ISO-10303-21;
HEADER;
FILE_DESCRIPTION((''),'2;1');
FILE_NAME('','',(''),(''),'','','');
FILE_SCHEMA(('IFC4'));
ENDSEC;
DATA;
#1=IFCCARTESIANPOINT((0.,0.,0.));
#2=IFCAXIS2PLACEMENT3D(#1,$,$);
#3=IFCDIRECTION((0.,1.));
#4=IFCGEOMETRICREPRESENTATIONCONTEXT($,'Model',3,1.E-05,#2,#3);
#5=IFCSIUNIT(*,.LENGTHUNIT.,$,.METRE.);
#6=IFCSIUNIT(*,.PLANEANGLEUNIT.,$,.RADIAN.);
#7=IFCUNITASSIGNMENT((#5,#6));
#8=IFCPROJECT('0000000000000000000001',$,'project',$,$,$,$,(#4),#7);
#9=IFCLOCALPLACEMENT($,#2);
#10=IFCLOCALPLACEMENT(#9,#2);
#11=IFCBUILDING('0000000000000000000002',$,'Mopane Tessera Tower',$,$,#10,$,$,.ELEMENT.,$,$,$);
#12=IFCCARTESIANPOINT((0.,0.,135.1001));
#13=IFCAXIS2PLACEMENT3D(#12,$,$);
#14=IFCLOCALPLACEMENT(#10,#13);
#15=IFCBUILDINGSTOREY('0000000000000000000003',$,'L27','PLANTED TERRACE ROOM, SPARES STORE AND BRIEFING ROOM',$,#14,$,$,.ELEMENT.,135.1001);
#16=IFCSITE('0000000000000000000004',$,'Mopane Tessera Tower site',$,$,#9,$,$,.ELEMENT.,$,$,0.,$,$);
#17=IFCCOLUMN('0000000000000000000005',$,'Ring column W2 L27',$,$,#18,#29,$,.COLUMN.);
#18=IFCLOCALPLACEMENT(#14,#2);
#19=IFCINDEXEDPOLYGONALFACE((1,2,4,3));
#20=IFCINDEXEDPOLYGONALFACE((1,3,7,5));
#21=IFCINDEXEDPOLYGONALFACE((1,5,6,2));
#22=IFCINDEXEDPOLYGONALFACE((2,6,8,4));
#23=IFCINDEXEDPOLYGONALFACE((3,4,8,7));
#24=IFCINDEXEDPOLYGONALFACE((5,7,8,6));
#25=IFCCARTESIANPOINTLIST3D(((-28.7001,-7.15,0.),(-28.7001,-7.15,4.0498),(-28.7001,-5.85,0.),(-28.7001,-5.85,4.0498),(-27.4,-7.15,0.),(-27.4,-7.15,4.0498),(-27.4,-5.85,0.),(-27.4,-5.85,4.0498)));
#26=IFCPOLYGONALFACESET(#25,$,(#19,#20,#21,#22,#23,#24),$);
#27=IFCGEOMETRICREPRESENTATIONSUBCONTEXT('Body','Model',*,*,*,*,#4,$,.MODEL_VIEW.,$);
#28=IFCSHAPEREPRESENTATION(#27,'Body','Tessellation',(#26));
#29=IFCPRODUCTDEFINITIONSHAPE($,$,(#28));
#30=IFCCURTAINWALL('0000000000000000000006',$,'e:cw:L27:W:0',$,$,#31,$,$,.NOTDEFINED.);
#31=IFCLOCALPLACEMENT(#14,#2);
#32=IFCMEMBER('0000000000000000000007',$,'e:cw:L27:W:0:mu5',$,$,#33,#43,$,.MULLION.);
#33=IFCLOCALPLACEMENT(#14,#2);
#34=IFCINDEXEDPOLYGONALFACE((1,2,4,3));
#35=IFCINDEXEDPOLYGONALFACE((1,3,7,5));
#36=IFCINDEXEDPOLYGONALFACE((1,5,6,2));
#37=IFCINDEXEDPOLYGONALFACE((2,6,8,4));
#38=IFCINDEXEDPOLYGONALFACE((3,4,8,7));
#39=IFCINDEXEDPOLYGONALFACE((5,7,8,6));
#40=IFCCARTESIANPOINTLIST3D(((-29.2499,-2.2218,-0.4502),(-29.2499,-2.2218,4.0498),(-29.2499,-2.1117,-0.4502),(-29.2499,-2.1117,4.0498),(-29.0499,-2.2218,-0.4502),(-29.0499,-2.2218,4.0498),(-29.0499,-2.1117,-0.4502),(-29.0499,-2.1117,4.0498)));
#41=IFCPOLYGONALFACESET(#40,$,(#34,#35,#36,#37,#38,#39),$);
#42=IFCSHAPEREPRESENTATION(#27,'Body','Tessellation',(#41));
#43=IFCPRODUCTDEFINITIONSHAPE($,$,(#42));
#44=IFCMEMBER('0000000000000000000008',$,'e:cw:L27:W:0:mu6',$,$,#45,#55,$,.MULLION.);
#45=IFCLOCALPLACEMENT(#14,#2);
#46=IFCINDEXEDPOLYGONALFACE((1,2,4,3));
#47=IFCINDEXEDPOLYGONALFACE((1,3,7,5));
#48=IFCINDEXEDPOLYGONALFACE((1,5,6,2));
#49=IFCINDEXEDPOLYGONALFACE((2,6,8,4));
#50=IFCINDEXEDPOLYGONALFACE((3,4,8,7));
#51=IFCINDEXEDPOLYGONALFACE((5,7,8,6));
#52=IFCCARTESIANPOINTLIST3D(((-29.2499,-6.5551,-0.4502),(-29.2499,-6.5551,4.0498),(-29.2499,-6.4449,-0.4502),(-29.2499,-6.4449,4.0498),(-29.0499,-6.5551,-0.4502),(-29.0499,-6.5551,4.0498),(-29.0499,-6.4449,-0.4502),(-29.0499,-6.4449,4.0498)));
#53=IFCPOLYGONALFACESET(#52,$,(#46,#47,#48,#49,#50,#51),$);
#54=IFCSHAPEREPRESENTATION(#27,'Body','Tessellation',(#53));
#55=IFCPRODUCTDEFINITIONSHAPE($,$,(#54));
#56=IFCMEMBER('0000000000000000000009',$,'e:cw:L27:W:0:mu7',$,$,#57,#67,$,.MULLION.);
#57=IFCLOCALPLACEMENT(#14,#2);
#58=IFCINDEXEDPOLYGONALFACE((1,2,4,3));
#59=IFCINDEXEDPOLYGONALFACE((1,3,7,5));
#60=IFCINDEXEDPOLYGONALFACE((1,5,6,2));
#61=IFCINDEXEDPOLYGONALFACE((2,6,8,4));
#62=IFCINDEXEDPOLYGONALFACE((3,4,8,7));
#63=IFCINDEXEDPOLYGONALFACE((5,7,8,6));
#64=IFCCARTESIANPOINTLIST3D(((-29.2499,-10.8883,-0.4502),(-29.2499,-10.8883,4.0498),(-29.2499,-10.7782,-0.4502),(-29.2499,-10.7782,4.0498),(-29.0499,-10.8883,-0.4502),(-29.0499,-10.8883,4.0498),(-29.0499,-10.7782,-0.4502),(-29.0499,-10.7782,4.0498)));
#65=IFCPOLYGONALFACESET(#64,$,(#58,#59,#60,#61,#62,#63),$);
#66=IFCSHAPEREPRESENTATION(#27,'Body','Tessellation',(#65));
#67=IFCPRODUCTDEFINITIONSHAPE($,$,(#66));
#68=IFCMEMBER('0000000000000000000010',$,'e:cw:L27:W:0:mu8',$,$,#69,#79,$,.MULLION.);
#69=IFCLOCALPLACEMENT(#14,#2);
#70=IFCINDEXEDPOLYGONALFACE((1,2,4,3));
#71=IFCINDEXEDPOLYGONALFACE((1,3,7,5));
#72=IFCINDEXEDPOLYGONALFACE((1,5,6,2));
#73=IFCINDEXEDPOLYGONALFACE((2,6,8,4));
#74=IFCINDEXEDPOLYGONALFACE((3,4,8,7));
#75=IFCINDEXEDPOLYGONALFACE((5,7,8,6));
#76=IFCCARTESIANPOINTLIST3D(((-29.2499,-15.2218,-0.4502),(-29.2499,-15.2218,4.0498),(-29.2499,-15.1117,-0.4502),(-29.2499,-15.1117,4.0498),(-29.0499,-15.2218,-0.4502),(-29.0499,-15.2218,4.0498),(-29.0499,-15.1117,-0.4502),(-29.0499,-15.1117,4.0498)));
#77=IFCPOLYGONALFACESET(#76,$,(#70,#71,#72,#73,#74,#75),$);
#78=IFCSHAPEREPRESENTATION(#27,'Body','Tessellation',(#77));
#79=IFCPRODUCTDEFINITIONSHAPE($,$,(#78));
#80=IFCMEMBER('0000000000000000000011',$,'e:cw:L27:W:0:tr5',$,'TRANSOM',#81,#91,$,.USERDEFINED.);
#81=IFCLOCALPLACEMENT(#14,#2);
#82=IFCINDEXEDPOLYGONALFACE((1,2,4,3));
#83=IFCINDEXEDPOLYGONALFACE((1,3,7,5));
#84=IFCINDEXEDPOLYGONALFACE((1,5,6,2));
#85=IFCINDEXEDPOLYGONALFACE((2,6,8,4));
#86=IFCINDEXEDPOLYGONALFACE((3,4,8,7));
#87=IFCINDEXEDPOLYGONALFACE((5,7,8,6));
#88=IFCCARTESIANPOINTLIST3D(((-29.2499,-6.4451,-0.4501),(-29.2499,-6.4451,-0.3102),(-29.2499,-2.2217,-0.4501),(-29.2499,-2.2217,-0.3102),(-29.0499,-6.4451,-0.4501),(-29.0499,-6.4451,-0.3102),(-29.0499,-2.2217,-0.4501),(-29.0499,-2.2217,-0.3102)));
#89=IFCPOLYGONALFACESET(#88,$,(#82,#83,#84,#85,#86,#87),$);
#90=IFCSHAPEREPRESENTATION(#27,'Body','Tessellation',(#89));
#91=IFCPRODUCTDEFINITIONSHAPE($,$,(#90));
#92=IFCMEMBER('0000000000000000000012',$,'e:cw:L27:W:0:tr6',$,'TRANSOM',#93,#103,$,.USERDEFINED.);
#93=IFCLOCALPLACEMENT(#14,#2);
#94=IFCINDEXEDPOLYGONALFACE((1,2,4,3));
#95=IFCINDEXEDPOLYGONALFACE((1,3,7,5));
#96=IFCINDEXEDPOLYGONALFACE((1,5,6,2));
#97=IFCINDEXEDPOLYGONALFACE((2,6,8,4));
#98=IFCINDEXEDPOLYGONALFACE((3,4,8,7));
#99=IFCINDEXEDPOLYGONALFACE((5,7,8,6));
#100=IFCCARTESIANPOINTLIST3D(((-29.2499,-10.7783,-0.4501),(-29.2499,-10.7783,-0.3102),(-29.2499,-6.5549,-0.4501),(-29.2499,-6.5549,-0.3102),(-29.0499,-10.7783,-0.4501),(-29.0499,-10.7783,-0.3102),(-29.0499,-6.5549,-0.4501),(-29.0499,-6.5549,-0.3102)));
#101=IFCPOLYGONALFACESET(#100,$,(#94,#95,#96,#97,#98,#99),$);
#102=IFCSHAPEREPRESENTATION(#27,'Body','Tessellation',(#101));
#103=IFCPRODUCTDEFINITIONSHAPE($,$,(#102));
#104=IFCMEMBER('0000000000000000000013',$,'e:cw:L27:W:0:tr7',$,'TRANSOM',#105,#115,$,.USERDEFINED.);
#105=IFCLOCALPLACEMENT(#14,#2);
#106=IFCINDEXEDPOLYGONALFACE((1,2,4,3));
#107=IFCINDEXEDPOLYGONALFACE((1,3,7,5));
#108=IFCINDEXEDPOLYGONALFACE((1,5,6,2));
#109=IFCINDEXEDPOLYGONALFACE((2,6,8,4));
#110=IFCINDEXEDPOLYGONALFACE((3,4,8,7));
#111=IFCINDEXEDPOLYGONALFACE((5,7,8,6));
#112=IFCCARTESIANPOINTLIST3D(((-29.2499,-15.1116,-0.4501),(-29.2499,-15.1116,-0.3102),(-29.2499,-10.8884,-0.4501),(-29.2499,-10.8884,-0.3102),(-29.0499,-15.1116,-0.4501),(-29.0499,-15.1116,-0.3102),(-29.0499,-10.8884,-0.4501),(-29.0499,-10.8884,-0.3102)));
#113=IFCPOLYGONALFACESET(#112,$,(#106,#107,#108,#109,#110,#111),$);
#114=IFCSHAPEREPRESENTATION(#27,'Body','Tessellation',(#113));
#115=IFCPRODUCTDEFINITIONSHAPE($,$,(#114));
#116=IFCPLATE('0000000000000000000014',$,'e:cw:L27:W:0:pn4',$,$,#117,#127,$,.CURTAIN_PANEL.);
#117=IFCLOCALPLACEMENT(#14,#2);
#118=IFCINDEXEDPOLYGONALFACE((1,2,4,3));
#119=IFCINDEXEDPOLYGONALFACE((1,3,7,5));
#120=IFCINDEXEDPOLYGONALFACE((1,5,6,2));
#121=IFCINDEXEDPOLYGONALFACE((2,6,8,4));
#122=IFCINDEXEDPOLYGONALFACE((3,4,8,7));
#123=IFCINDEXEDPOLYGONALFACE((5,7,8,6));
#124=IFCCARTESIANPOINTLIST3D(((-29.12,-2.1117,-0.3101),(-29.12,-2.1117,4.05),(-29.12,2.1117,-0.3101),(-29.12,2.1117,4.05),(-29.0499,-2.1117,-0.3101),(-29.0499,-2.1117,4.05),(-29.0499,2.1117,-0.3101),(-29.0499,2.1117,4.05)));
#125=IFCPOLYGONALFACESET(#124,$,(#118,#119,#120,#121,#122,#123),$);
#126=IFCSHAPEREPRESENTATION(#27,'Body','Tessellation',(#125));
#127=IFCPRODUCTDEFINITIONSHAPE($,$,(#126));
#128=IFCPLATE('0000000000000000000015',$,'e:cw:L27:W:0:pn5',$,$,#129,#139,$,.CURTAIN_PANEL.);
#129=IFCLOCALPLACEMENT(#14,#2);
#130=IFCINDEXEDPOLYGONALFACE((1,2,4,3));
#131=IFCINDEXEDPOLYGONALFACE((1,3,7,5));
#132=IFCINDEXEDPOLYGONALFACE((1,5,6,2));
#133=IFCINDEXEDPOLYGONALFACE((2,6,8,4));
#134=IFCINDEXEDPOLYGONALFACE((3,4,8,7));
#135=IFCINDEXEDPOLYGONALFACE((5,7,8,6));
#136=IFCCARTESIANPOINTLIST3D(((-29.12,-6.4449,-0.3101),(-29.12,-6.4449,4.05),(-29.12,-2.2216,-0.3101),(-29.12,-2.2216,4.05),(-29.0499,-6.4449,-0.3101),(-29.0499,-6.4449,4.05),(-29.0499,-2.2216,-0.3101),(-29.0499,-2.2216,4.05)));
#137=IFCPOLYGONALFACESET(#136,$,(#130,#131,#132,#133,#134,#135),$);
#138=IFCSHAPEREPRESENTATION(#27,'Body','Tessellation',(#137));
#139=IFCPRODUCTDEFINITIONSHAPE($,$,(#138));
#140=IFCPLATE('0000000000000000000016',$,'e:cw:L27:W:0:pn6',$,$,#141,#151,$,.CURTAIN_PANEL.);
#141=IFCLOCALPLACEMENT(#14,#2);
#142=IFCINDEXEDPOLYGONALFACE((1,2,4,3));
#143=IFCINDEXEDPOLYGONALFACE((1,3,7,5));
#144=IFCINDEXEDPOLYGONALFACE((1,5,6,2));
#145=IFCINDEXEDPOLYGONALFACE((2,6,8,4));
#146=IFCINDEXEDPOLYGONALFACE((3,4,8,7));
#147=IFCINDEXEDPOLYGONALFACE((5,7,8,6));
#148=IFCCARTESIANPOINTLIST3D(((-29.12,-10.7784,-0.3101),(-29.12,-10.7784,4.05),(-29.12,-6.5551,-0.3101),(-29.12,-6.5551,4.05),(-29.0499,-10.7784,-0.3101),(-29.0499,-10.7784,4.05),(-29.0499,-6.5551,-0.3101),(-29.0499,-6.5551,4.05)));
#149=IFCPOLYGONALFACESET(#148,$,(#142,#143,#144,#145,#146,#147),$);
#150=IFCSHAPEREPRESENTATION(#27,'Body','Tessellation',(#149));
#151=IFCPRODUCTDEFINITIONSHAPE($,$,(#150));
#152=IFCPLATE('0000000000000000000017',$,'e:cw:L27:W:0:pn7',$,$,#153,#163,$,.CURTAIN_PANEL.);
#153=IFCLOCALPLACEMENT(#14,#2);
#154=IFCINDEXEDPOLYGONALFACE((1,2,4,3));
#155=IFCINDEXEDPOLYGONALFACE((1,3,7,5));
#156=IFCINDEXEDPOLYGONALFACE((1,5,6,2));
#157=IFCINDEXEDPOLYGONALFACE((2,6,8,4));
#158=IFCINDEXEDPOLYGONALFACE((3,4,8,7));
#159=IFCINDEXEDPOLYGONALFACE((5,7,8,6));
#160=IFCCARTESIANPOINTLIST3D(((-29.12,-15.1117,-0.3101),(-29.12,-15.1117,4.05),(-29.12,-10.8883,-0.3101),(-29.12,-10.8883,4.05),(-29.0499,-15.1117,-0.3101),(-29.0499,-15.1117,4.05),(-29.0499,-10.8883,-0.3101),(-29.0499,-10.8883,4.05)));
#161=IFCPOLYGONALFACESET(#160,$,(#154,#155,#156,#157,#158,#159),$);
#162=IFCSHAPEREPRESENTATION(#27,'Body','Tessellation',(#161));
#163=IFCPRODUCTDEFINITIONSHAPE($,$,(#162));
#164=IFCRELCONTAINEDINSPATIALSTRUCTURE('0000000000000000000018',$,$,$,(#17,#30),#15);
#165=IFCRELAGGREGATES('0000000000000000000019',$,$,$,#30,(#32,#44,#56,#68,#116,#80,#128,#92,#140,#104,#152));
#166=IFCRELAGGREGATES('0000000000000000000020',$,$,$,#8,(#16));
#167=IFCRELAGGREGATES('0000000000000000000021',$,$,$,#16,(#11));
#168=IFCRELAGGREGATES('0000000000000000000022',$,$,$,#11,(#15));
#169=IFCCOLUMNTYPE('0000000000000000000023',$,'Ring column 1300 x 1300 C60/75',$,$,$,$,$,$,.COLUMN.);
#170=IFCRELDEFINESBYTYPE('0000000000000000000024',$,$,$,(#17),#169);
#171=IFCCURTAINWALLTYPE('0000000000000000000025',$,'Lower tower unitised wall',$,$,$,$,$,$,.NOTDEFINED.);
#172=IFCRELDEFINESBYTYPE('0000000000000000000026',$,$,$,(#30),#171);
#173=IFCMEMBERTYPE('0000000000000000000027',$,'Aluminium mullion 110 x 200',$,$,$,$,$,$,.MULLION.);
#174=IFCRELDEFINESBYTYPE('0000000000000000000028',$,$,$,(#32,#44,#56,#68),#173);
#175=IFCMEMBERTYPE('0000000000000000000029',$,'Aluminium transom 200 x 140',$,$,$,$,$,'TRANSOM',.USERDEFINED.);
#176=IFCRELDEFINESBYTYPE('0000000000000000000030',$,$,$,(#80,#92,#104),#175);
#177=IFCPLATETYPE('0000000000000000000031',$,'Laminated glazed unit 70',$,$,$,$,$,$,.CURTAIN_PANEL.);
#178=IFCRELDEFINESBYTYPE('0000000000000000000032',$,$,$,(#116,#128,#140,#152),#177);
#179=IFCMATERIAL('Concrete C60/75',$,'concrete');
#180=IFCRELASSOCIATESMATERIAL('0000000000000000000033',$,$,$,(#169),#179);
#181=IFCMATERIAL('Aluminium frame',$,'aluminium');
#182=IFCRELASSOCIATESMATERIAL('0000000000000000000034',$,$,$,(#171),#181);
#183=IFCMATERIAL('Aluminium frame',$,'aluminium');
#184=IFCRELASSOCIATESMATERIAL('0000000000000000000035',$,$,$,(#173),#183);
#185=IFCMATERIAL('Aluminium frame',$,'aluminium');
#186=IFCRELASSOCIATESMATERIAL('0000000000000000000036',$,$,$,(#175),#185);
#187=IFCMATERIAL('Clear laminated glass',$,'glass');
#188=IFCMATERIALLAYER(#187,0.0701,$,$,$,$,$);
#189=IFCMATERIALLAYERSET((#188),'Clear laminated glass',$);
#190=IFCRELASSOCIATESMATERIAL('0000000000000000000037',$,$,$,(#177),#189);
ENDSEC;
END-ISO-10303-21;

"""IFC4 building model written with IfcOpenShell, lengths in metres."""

from ifc_helpers import new_model, si_unit, direction, frame, origin, origin_2d, place, context, subcontext, project, spatial, rectangle, extrude, material, layer, layer_set, material_profile, profile_set, type_object, element, aggregate, save


model = new_model("IFC4")

# Units and contexts
model_context = context("Model", 3, precision=1e-05, world=origin(), true_north=direction((0.0, 1.0)))
body_context = subcontext(model_context, "Body", "Model", "MODEL_VIEW")
ifc_project = project(units=[si_unit("LENGTHUNIT", "METRE"), si_unit("PLANEANGLEUNIT", "RADIAN")], contexts=[model_context])

# Site, building, storey
site_placement = place(None, origin())
site = spatial("IfcSite", under=ifc_project, at=site_placement, Name="Mopane Tessera Tower site", CompositionType="ELEMENT", RefElevation=0.0)
building_placement = place(site_placement, origin())
building = spatial("IfcBuilding", under=site, at=building_placement, Name="Mopane Tessera Tower", CompositionType="ELEMENT")
storey_placement = place(building_placement, frame((0.0, 0.0, 135.1001)))
storey = spatial("IfcBuildingStorey", under=building, at=storey_placement, Name="L27", Description="PLANTED TERRACE ROOM, SPARES STORE AND BRIEFING ROOM", CompositionType="ELEMENT", Elevation=135.1001)

# Column
ifc_material_1 = material(Name="Concrete C60/75", Category="concrete")
ifc_material_profile_1 = material_profile(ifc_material_1, rectangle(XDim=1.3, YDim=1.3, at=origin_2d()))
ifc_profile_set_1 = profile_set([ifc_material_profile_1], Name="Concrete C60/75")
column_type = type_object("IfcColumnType", Name="Ring column 1300 x 1300 C60/75", PredefinedType="COLUMN", material=ifc_profile_set_1)
column_placement = place(storey_placement, frame((-28.05, -6.5, 0.0), z_axis=(0.0, 0.0, 1.0), x_axis=(1.0, 0.0, 0.0)))
element("IfcColumn", 1, at=column_placement, inside=storey, type_object=column_type, Name="Ring column W2 L27", PredefinedType="COLUMN", context=body_context, shape_type="SweptSolid", body=[
    extrude(rectangle(XDim=1.3, YDim=1.3, at=origin_2d()), origin(), (0.0, 0.0, 1.0), 4.0498),
])

# Curtain wall, members, plates
ifc_material_2 = material(Name="Aluminium frame", Category="aluminium")
curtain_wall_type = type_object("IfcCurtainWallType", Name="Lower tower unitised wall", PredefinedType="NOTDEFINED", material=ifc_material_2)
curtain_wall_placement = place(storey_placement, origin())
curtain_wall = element("IfcCurtainWall", 2, at=curtain_wall_placement, inside=storey, type_object=curtain_wall_type, Name="e:cw:L27:W:0", PredefinedType="NOTDEFINED")
ifc_material_3 = material(Name="Aluminium frame", Category="aluminium")
ifc_material_profile_2 = material_profile(ifc_material_3, rectangle(XDim=0.1101, YDim=0.2, at=origin_2d()))
ifc_profile_set_2 = profile_set([ifc_material_profile_2], Name="Aluminium frame")
member_type_1 = type_object("IfcMemberType", Name="Aluminium mullion 110 x 200", PredefinedType="MULLION", material=ifc_profile_set_2)
member_1_placement = place(storey_placement, frame((-29.1499, -2.1667, -0.4502), z_axis=(0.0, 0.0, 1.0), x_axis=(0.0, -1.0, 0.0)))
member_1 = element("IfcMember", 3, at=member_1_placement, type_object=member_type_1, Name="e:cw:L27:W:0:mu5", PredefinedType="MULLION", context=body_context, shape_type="SweptSolid", body=[
    extrude(rectangle(XDim=0.1101, YDim=0.2, at=origin_2d()), origin(), (0.0, 0.0, 1.0), 4.5),
])
member_2_placement = place(storey_placement, frame((-29.1499, -6.5, -0.4502), z_axis=(0.0, 0.0, 1.0), x_axis=(0.0, -1.0, 0.0)))
member_2 = element("IfcMember", 4, at=member_2_placement, type_object=member_type_1, Name="e:cw:L27:W:0:mu6", PredefinedType="MULLION", context=body_context, shape_type="SweptSolid", body=[
    extrude(rectangle(XDim=0.1101, YDim=0.2, at=origin_2d()), origin(), (0.0, 0.0, 1.0), 4.5),
])
member_3_placement = place(storey_placement, frame((-29.1499, -10.8333, -0.4502), z_axis=(0.0, 0.0, 1.0), x_axis=(0.0, -1.0, 0.0)))
member_3 = element("IfcMember", 5, at=member_3_placement, type_object=member_type_1, Name="e:cw:L27:W:0:mu7", PredefinedType="MULLION", context=body_context, shape_type="SweptSolid", body=[
    extrude(rectangle(XDim=0.1101, YDim=0.2, at=origin_2d()), origin(), (0.0, 0.0, 1.0), 4.5),
])
member_4_placement = place(storey_placement, frame((-29.1499, -15.1667, -0.4502), z_axis=(0.0, 0.0, 1.0), x_axis=(0.0, -1.0, 0.0)))
member_4 = element("IfcMember", 6, at=member_4_placement, type_object=member_type_1, Name="e:cw:L27:W:0:mu8", PredefinedType="MULLION", context=body_context, shape_type="SweptSolid", body=[
    extrude(rectangle(XDim=0.1101, YDim=0.2, at=origin_2d()), origin(), (0.0, 0.0, 1.0), 4.5),
])
ifc_material_4 = material(Name="Aluminium frame", Category="aluminium")
ifc_material_profile_3 = material_profile(ifc_material_4, rectangle(XDim=0.2, YDim=0.1399, at=origin_2d()))
ifc_profile_set_3 = profile_set([ifc_material_profile_3], Name="Aluminium frame")
member_type_2 = type_object("IfcMemberType", Name="Aluminium transom 200 x 140", ElementType="TRANSOM", PredefinedType="USERDEFINED", material=ifc_profile_set_3)
member_5_placement = place(storey_placement, frame((-29.1499, -2.2217, -0.3801), z_axis=(0.0, -1.0, 0.0), x_axis=(1.0, 0.0, 0.0)))
member_5 = element("IfcMember", 7, at=member_5_placement, type_object=member_type_2, Name="e:cw:L27:W:0:tr5", ObjectType="TRANSOM", PredefinedType="USERDEFINED", context=body_context, shape_type="SweptSolid", body=[
    extrude(rectangle(XDim=0.2, YDim=0.1399, at=origin_2d()), origin(), (0.0, 0.0, 1.0), 4.2234),
])
member_6_placement = place(storey_placement, frame((-29.1499, -6.5549, -0.3801), z_axis=(0.0, -1.0, 0.0), x_axis=(1.0, 0.0, 0.0)))
member_6 = element("IfcMember", 8, at=member_6_placement, type_object=member_type_2, Name="e:cw:L27:W:0:tr6", ObjectType="TRANSOM", PredefinedType="USERDEFINED", context=body_context, shape_type="SweptSolid", body=[
    extrude(rectangle(XDim=0.2, YDim=0.1399, at=origin_2d()), origin(), (0.0, 0.0, 1.0), 4.2234),
])
member_7_placement = place(storey_placement, frame((-29.1499, -10.8884, -0.3801), z_axis=(0.0, -1.0, 0.0), x_axis=(1.0, 0.0, 0.0)))
member_7 = element("IfcMember", 9, at=member_7_placement, type_object=member_type_2, Name="e:cw:L27:W:0:tr7", ObjectType="TRANSOM", PredefinedType="USERDEFINED", context=body_context, shape_type="SweptSolid", body=[
    extrude(rectangle(XDim=0.2, YDim=0.1399, at=origin_2d()), origin(), (0.0, 0.0, 1.0), 4.2231),
])
ifc_material_5 = material(Name="Clear laminated glass", Category="glass")
ifc_layer_1 = layer(ifc_material_5, 0.0701)
ifc_layer_set_1 = layer_set([ifc_layer_1], Name="Clear laminated glass")
plate_type = type_object("IfcPlateType", Name="Laminated glazed unit 70", PredefinedType="CURTAIN_PANEL", material=ifc_layer_set_1)
plate_1_placement = place(storey_placement, frame((-29.085, 0.0, -0.3101), z_axis=(0.0, 0.0, 1.0), x_axis=(0.0, -1.0, 0.0)))
plate_1 = element("IfcPlate", 10, at=plate_1_placement, type_object=plate_type, Name="e:cw:L27:W:0:pn4", PredefinedType="CURTAIN_PANEL", context=body_context, shape_type="SweptSolid", body=[
    extrude(rectangle(XDim=4.2234, YDim=0.0701, at=origin_2d()), origin(), (0.0, 0.0, 1.0), 4.3601),
])
plate_2_placement = place(storey_placement, frame((-29.085, -4.3333, -0.3101), z_axis=(0.0, 0.0, 1.0), x_axis=(0.0, -1.0, 0.0)))
plate_2 = element("IfcPlate", 11, at=plate_2_placement, type_object=plate_type, Name="e:cw:L27:W:0:pn5", PredefinedType="CURTAIN_PANEL", context=body_context, shape_type="SweptSolid", body=[
    extrude(rectangle(XDim=4.2234, YDim=0.0701, at=origin_2d()), origin(), (0.0, 0.0, 1.0), 4.3601),
])
plate_3_placement = place(storey_placement, frame((-29.085, -8.6667, -0.3101), z_axis=(0.0, 0.0, 1.0), x_axis=(0.0, -1.0, 0.0)))
plate_3 = element("IfcPlate", 12, at=plate_3_placement, type_object=plate_type, Name="e:cw:L27:W:0:pn6", PredefinedType="CURTAIN_PANEL", context=body_context, shape_type="SweptSolid", body=[
    extrude(rectangle(XDim=4.2234, YDim=0.0701, at=origin_2d()), origin(), (0.0, 0.0, 1.0), 4.3601),
])
plate_4_placement = place(storey_placement, frame((-29.085, -13.0, -0.3101), z_axis=(0.0, 0.0, 1.0), x_axis=(0.0, -1.0, 0.0)))
plate_4 = element("IfcPlate", 13, at=plate_4_placement, type_object=plate_type, Name="e:cw:L27:W:0:pn7", PredefinedType="CURTAIN_PANEL", context=body_context, shape_type="SweptSolid", body=[
    extrude(rectangle(XDim=4.2234, YDim=0.0701, at=origin_2d()), origin(), (0.0, 0.0, 1.0), 4.3601),
])
aggregate(curtain_wall, [member_1, member_2, member_3, member_4, plate_1, member_5, plate_2, member_6, plate_3, member_7, plate_4])

save(model, "model.ifc")
